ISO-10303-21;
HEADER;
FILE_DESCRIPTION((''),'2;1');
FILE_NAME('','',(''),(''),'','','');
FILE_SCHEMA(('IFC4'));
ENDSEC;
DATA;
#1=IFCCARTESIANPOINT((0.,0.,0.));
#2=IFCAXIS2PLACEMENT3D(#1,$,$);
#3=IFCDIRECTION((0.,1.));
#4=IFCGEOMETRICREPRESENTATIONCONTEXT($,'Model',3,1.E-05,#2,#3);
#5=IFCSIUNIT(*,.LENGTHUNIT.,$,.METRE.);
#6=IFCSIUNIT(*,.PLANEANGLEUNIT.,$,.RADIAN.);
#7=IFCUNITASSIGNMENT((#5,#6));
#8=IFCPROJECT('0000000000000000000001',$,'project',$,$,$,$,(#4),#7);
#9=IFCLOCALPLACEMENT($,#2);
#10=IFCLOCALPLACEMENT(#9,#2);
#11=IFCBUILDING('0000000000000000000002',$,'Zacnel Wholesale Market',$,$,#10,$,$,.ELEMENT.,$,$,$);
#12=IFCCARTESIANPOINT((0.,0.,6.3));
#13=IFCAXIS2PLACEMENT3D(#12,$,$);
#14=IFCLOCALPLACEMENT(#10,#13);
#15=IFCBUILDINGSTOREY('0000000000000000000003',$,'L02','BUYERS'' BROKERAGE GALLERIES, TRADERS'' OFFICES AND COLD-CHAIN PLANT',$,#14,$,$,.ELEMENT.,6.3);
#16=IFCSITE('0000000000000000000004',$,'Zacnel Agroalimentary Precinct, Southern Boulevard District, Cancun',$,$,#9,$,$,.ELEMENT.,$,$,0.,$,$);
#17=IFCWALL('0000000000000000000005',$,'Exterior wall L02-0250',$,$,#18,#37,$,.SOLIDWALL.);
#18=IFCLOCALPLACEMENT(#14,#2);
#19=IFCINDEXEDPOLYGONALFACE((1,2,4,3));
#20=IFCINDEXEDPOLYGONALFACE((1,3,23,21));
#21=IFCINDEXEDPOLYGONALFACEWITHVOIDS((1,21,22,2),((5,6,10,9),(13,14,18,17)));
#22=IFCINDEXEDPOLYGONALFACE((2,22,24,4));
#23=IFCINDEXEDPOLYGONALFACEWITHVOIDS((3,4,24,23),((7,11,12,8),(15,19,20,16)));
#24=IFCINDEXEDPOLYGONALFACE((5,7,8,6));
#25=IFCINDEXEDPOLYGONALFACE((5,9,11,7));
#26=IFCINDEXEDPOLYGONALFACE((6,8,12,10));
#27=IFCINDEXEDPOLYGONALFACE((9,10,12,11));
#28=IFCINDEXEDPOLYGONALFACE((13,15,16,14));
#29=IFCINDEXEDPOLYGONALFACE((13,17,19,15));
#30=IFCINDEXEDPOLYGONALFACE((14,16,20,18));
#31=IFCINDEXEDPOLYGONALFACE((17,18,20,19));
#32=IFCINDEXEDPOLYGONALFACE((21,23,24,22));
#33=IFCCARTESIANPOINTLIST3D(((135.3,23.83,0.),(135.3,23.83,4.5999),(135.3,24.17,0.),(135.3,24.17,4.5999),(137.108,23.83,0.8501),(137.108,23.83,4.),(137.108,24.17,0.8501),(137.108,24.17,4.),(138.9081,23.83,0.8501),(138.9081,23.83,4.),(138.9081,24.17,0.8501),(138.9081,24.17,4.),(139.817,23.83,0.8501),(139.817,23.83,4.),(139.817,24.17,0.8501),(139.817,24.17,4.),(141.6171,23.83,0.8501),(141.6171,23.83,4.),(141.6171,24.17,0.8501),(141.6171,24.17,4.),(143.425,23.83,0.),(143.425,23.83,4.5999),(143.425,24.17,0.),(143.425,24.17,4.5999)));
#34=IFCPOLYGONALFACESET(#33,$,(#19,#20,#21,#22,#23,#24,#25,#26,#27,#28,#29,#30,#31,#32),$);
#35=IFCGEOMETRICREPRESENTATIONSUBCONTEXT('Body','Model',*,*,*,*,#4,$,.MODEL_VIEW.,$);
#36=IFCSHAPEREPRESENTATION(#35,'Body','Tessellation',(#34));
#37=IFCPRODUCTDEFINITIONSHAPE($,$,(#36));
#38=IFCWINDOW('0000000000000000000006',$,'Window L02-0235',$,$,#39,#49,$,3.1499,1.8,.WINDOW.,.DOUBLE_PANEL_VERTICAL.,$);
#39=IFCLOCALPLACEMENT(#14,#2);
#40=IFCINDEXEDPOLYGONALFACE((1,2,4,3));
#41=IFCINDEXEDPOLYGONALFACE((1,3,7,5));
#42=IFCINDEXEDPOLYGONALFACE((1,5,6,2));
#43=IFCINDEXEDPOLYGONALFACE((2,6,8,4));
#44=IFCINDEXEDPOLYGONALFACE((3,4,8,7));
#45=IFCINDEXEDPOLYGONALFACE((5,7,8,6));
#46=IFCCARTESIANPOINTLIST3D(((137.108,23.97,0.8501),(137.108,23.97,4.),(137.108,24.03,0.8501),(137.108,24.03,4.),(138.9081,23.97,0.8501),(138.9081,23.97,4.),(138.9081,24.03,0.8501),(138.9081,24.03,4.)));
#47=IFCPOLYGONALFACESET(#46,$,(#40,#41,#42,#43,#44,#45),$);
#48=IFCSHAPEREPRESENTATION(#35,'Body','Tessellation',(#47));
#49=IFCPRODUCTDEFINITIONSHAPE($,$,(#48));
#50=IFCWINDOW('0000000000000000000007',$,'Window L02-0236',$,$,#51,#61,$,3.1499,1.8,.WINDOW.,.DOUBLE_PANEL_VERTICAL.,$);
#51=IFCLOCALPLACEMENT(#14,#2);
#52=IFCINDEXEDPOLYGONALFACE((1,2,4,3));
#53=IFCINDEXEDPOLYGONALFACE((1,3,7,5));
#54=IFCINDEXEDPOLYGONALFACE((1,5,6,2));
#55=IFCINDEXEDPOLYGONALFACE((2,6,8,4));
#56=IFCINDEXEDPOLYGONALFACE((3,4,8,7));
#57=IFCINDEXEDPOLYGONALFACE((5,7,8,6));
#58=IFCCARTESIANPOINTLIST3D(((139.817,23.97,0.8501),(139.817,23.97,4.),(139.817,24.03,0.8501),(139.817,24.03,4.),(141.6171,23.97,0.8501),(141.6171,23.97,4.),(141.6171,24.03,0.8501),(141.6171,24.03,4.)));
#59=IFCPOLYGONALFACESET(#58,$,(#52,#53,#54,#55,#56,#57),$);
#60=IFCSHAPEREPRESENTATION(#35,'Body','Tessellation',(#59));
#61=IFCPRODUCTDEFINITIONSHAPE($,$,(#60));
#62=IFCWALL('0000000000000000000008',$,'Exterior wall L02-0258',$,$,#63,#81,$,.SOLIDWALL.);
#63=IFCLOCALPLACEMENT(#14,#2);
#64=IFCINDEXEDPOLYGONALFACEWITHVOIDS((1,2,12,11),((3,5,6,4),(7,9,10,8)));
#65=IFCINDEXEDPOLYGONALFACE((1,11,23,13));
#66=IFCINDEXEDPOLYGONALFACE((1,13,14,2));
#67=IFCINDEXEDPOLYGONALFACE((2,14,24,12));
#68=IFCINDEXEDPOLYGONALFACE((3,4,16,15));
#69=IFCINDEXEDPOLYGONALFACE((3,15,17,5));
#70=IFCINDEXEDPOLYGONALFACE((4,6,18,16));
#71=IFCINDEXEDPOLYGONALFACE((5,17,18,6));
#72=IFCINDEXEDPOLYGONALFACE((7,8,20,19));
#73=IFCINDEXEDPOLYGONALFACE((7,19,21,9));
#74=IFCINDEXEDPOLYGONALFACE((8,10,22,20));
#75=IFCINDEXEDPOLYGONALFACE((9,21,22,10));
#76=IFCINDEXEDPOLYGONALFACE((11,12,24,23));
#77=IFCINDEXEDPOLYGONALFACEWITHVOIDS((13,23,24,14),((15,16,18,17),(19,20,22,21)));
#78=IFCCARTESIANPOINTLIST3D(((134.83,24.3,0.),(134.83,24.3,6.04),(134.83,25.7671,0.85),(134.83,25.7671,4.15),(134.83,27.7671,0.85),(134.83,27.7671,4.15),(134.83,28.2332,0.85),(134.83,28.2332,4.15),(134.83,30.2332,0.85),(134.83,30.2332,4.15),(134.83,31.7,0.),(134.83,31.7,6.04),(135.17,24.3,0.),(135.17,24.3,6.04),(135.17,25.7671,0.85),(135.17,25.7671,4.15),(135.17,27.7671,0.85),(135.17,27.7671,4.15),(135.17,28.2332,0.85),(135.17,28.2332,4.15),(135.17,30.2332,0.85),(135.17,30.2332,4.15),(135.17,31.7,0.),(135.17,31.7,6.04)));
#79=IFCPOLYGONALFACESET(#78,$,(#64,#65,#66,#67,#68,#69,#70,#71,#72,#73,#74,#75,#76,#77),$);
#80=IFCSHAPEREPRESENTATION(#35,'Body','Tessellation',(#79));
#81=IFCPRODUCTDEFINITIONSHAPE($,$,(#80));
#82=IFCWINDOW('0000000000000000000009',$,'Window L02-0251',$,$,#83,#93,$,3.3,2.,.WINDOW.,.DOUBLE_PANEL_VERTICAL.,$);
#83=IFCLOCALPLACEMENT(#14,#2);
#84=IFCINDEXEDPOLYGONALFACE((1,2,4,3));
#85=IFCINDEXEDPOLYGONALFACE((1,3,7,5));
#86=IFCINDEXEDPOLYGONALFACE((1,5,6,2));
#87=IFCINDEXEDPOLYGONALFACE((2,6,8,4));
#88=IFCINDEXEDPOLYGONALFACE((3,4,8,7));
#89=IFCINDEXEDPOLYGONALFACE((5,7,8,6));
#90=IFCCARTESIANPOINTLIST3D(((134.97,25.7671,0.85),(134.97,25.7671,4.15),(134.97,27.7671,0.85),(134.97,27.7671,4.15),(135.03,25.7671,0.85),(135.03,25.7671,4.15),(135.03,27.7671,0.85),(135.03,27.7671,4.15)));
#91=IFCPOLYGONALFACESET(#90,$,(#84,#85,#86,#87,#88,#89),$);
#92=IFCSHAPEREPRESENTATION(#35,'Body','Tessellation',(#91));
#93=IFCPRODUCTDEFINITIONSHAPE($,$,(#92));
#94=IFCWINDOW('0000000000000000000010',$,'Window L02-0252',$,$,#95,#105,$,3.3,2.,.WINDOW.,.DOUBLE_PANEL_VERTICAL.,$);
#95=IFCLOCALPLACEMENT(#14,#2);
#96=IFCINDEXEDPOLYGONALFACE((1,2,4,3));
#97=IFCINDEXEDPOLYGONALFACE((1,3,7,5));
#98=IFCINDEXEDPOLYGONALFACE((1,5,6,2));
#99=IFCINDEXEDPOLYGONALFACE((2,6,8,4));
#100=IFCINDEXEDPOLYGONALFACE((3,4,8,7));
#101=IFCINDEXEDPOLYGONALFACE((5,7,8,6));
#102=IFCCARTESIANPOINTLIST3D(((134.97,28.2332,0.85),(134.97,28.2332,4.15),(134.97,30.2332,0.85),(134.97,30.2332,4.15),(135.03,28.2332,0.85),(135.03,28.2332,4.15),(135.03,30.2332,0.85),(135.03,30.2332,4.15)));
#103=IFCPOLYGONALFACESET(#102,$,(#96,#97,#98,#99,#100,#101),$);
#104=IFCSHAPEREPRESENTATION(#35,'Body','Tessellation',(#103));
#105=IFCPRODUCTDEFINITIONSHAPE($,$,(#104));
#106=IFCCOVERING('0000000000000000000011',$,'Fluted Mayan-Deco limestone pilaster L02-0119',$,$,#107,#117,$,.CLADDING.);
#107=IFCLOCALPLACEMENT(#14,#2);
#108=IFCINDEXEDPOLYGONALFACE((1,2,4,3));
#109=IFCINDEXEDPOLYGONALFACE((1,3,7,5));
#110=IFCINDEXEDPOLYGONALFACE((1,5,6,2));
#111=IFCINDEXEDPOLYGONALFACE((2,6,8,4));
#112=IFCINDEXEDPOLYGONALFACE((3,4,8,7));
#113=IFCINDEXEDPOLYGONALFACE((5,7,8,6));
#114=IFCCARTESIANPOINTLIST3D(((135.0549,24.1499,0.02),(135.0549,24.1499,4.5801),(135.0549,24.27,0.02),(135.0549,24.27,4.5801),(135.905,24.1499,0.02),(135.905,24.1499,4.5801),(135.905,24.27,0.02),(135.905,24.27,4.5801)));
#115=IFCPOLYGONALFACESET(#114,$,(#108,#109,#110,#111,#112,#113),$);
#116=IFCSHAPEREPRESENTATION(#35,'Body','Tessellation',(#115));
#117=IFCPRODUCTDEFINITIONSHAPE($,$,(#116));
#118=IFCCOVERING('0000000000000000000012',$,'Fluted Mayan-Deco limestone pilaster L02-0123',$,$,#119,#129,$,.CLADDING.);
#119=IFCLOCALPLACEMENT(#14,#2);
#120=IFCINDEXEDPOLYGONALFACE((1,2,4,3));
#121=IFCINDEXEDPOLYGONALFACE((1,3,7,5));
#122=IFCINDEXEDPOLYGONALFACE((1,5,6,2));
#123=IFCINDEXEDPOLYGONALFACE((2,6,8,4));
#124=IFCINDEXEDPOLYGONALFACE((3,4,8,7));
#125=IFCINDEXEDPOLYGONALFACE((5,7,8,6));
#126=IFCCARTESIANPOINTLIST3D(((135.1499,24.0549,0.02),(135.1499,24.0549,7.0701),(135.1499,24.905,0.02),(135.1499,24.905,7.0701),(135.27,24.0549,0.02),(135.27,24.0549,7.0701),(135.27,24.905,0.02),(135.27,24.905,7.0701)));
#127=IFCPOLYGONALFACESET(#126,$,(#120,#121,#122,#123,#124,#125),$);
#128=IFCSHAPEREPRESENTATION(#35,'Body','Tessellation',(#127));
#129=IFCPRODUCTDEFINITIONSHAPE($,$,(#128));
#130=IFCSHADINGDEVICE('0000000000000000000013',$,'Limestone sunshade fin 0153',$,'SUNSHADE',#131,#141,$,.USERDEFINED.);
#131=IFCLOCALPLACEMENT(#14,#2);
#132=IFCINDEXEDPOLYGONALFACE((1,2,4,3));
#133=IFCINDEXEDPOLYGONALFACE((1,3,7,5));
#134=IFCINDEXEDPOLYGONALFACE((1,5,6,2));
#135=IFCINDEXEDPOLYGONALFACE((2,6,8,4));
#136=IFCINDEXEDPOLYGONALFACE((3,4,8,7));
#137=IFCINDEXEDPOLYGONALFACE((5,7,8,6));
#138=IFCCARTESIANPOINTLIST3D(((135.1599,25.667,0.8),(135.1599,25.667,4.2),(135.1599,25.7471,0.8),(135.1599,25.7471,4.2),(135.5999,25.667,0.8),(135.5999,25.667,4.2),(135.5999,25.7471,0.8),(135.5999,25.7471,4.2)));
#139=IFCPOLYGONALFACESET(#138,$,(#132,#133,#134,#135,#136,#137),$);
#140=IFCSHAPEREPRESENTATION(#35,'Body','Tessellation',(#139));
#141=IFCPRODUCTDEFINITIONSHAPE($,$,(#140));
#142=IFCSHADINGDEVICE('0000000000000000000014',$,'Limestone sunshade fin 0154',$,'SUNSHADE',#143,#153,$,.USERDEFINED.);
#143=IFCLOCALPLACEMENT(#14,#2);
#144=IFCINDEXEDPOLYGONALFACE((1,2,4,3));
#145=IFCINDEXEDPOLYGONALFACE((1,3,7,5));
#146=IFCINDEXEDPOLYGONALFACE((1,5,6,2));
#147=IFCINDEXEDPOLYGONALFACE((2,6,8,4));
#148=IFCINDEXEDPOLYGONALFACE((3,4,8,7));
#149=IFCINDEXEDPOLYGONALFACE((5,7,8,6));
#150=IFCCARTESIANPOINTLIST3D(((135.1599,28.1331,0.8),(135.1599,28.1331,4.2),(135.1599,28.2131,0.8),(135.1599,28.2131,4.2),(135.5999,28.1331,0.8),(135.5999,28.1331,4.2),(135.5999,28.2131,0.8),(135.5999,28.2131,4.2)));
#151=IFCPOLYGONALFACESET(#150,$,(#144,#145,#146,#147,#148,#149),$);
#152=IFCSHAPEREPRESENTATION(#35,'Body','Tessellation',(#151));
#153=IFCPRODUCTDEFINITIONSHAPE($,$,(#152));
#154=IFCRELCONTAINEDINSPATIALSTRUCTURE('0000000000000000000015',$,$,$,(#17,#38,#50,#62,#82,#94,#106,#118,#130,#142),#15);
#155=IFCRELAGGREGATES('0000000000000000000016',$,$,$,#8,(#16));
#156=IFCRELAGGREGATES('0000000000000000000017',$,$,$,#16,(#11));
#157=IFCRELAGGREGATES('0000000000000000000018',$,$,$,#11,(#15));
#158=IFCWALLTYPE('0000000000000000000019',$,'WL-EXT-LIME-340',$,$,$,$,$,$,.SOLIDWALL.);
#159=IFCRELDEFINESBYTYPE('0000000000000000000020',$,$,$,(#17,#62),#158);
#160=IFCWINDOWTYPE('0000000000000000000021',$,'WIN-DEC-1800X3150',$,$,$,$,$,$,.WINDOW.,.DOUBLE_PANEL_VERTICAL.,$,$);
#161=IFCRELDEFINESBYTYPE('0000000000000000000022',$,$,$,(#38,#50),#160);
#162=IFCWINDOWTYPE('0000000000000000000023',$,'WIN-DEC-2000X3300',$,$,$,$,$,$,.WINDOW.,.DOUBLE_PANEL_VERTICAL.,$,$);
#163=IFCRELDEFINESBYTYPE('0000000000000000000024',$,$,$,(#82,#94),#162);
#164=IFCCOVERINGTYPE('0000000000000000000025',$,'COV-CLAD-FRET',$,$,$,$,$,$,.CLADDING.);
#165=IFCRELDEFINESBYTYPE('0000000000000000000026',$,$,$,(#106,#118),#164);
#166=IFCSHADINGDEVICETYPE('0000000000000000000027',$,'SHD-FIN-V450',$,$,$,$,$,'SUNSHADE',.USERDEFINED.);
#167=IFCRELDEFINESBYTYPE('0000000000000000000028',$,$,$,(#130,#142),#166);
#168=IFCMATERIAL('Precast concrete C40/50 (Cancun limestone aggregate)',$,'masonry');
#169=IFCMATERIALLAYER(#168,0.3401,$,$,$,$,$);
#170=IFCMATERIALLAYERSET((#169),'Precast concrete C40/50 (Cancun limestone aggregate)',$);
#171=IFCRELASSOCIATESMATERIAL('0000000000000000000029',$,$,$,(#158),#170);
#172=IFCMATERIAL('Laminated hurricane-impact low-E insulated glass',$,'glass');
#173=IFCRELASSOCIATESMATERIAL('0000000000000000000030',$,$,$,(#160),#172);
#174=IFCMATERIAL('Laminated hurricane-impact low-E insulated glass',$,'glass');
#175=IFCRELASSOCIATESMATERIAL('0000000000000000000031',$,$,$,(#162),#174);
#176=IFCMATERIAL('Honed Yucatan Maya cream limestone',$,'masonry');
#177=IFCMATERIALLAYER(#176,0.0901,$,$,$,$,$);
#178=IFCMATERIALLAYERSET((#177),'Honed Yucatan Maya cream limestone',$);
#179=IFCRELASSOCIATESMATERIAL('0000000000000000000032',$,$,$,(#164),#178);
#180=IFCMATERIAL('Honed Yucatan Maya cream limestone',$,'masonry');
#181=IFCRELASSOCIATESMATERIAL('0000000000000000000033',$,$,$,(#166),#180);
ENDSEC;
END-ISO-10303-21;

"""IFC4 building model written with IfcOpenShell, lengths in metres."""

from ifc_helpers import new_model, si_unit, direction, frame, frame_2d, origin, origin_2d, place, context, subcontext, project, spatial, rectangle, extrude, material, layer, layer_set, type_object, element, fill, save


model = new_model("IFC4")

# Units and contexts
model_context = context("Model", 3, precision=1e-05, world=origin(), true_north=direction((0.0, 1.0)))
body_context = subcontext(model_context, "Body", "Model", "MODEL_VIEW")
ifc_project = project(units=[si_unit("LENGTHUNIT", "METRE"), si_unit("PLANEANGLEUNIT", "RADIAN")], contexts=[model_context])

# Site, building, storey
site_placement = place(None, origin())
site = spatial("IfcSite", under=ifc_project, at=site_placement, Name="Zacnel Agroalimentary Precinct, Southern Boulevard District, Cancun", CompositionType="ELEMENT", RefElevation=0.0)
building_placement = place(site_placement, origin())
building = spatial("IfcBuilding", under=site, at=building_placement, Name="Zacnel Wholesale Market", CompositionType="ELEMENT")
storey_placement = place(building_placement, frame((0.0, 0.0, 6.3)))
storey = spatial("IfcBuildingStorey", under=building, at=storey_placement, Name="L02", Description="BUYERS' BROKERAGE GALLERIES, TRADERS' OFFICES AND COLD-CHAIN PLANT", CompositionType="ELEMENT", Elevation=6.3)

# Walls, openings, windows
ifc_material_1 = material(Name="Precast concrete C40/50 (Cancun limestone aggregate)", Category="masonry")
ifc_layer_1 = layer(ifc_material_1, 0.3401)
ifc_layer_set_1 = layer_set([ifc_layer_1], Name="Precast concrete C40/50 (Cancun limestone aggregate)")
wall_type_1 = type_object("IfcWallType", Name="WL-EXT-LIME-340", PredefinedType="SOLIDWALL", material=ifc_layer_set_1)
wall_1_placement = place(storey_placement, frame((135.3, 24.0, 0.0), z_axis=(0.0, 0.0, 1.0), x_axis=(1.0, 0.0, 0.0)))
wall_1 = element("IfcWall", 1, at=wall_1_placement, inside=storey, type_object=wall_type_1, Name="Exterior wall L02-0250", PredefinedType="SOLIDWALL", context=body_context, shape_type="SweptSolid", body=[
    extrude(rectangle(XDim=8.125, YDim=0.3401, at=frame_2d((4.0625, 0.0))), origin(), (0.0, 0.0, 1.0), 4.5999),
])
opening_1_placement = place(wall_1_placement, frame((1.8081, 0.0, 0.8501)))
opening_1 = element("IfcOpeningElement", 2, at=opening_1_placement, cuts=wall_1, PredefinedType="OPENING", context=body_context, shape_type="SweptSolid", body=[
    extrude(rectangle(XDim=1.8, YDim=3.1499, at=frame_2d((0.8999, 1.575))), frame((0.0, 0.1799, 0.0), z_axis=(0.0, -1.0, 0.0), x_axis=(1.0, 0.0, 0.0)), (0.0, 0.0, 1.0), 0.3601),
])
opening_2_placement = place(wall_1_placement, frame((4.5171, 0.0, 0.8501)))
opening_2 = element("IfcOpeningElement", 3, at=opening_2_placement, cuts=wall_1, PredefinedType="OPENING", context=body_context, shape_type="SweptSolid", body=[
    extrude(rectangle(XDim=1.8, YDim=3.1499, at=frame_2d((0.8999, 1.575))), frame((0.0, 0.1799, 0.0), z_axis=(0.0, -1.0, 0.0), x_axis=(1.0, 0.0, 0.0)), (0.0, 0.0, 1.0), 0.3601),
])
ifc_material_2 = material(Name="Laminated hurricane-impact low-E insulated glass", Category="glass")
window_type_1 = type_object("IfcWindowType", Name="WIN-DEC-1800X3150", PartitioningType="DOUBLE_PANEL_VERTICAL", PredefinedType="WINDOW", material=ifc_material_2)
window_1_placement = place(opening_1_placement, origin())
window_1 = element("IfcWindow", 4, at=window_1_placement, inside=storey, type_object=window_type_1, Name="Window L02-0235", OverallHeight=3.1499, OverallWidth=1.8, PartitioningType="DOUBLE_PANEL_VERTICAL", PredefinedType="WINDOW", context=body_context, shape_type="SweptSolid", body=[
    extrude(rectangle(XDim=1.8, YDim=3.1499, at=frame_2d((0.8999, 1.575))), frame((0.0, 0.03, 0.0), z_axis=(0.0, -1.0, 0.0), x_axis=(1.0, 0.0, 0.0)), (0.0, 0.0, 1.0), 0.0601),
])
fill(opening_1, window_1)
window_2_placement = place(opening_2_placement, origin())
window_2 = element("IfcWindow", 5, at=window_2_placement, inside=storey, type_object=window_type_1, Name="Window L02-0236", OverallHeight=3.1499, OverallWidth=1.8, PartitioningType="DOUBLE_PANEL_VERTICAL", PredefinedType="WINDOW", context=body_context, shape_type="SweptSolid", body=[
    extrude(rectangle(XDim=1.8, YDim=3.1499, at=frame_2d((0.8999, 1.575))), frame((0.0, 0.03, 0.0), z_axis=(0.0, -1.0, 0.0), x_axis=(1.0, 0.0, 0.0)), (0.0, 0.0, 1.0), 0.0601),
])
fill(opening_2, window_2)
wall_2_placement = place(storey_placement, frame((135.0, 24.3, 0.0), z_axis=(0.0, 0.0, 1.0), x_axis=(0.0, 1.0, 0.0)))
wall_2 = element("IfcWall", 6, at=wall_2_placement, inside=storey, type_object=wall_type_1, Name="Exterior wall L02-0258", PredefinedType="SOLIDWALL", context=body_context, shape_type="SweptSolid", body=[
    extrude(rectangle(XDim=7.3999, YDim=0.3401, at=frame_2d((3.7, 0.0))), origin(), (0.0, 0.0, 1.0), 6.04),
])
opening_3_placement = place(wall_2_placement, frame((1.467, 0.0, 0.8501)))
opening_3 = element("IfcOpeningElement", 7, at=opening_3_placement, cuts=wall_2, PredefinedType="OPENING", context=body_context, shape_type="SweptSolid", body=[
    extrude(rectangle(XDim=2.0, YDim=3.3, at=frame_2d((1.0, 1.6499))), frame((0.0, 0.1799, 0.0), z_axis=(0.0, -1.0, 0.0), x_axis=(1.0, 0.0, 0.0)), (0.0, 0.0, 1.0), 0.3601),
])
opening_4_placement = place(wall_2_placement, frame((3.9331, 0.0, 0.8501)))
opening_4 = element("IfcOpeningElement", 8, at=opening_4_placement, cuts=wall_2, PredefinedType="OPENING", context=body_context, shape_type="SweptSolid", body=[
    extrude(rectangle(XDim=2.0, YDim=3.3, at=frame_2d((1.0, 1.6499))), frame((0.0, 0.1799, 0.0), z_axis=(0.0, -1.0, 0.0), x_axis=(1.0, 0.0, 0.0)), (0.0, 0.0, 1.0), 0.3601),
])
ifc_material_3 = material(Name="Laminated hurricane-impact low-E insulated glass", Category="glass")
window_type_2 = type_object("IfcWindowType", Name="WIN-DEC-2000X3300", PartitioningType="DOUBLE_PANEL_VERTICAL", PredefinedType="WINDOW", material=ifc_material_3)
window_3_placement = place(opening_3_placement, origin())
window_3 = element("IfcWindow", 9, at=window_3_placement, inside=storey, type_object=window_type_2, Name="Window L02-0251", OverallHeight=3.3, OverallWidth=2.0, PartitioningType="DOUBLE_PANEL_VERTICAL", PredefinedType="WINDOW", context=body_context, shape_type="SweptSolid", body=[
    extrude(rectangle(XDim=2.0, YDim=3.3, at=frame_2d((1.0, 1.6499))), frame((0.0, 0.03, 0.0), z_axis=(0.0, -1.0, 0.0), x_axis=(1.0, 0.0, 0.0)), (0.0, 0.0, 1.0), 0.0601),
])
fill(opening_3, window_3)
window_4_placement = place(opening_4_placement, origin())
window_4 = element("IfcWindow", 10, at=window_4_placement, inside=storey, type_object=window_type_2, Name="Window L02-0252", OverallHeight=3.3, OverallWidth=2.0, PartitioningType="DOUBLE_PANEL_VERTICAL", PredefinedType="WINDOW", context=body_context, shape_type="SweptSolid", body=[
    extrude(rectangle(XDim=2.0, YDim=3.3, at=frame_2d((1.0, 1.6499))), frame((0.0, 0.03, 0.0), z_axis=(0.0, -1.0, 0.0), x_axis=(1.0, 0.0, 0.0)), (0.0, 0.0, 1.0), 0.0601),
])
fill(opening_4, window_4)

# Coverings
ifc_material_4 = material(Name="Honed Yucatan Maya cream limestone", Category="masonry")
ifc_layer_2 = layer(ifc_material_4, 0.0901)
ifc_layer_set_2 = layer_set([ifc_layer_2], Name="Honed Yucatan Maya cream limestone")
covering_type = type_object("IfcCoveringType", Name="COV-CLAD-FRET", PredefinedType="CLADDING", material=ifc_layer_set_2)
covering_1_placement = place(storey_placement, frame((135.48, 24.21, 0.02), z_axis=(0.0, 0.0, 1.0), x_axis=(1.0, 0.0, 0.0)))
element("IfcCovering", 11, at=covering_1_placement, inside=storey, type_object=covering_type, Name="Fluted Mayan-Deco limestone pilaster L02-0119", PredefinedType="CLADDING", context=body_context, shape_type="SweptSolid", body=[
    extrude(rectangle(XDim=0.8501, YDim=0.1201, at=origin_2d()), origin(), (0.0, 0.0, 1.0), 4.5601),
])
covering_2_placement = place(storey_placement, frame((135.21, 24.48, 0.02), z_axis=(0.0, 0.0, 1.0), x_axis=(0.0, 1.0, 0.0)))
element("IfcCovering", 12, at=covering_2_placement, inside=storey, type_object=covering_type, Name="Fluted Mayan-Deco limestone pilaster L02-0123", PredefinedType="CLADDING", context=body_context, shape_type="SweptSolid", body=[
    extrude(rectangle(XDim=0.8501, YDim=0.1201, at=origin_2d()), origin(), (0.0, 0.0, 1.0), 7.05),
])

# Shading devices
ifc_material_5 = material(Name="Honed Yucatan Maya cream limestone", Category="masonry")
shading_device_type = type_object("IfcShadingDeviceType", Name="SHD-FIN-V450", ElementType="SUNSHADE", PredefinedType="USERDEFINED", material=ifc_material_5)
for number, where, z_axis, x_axis, name in (
    (13, (135.3799, 25.707, 0.8), (0.0, 0.0, 1.0), (0.0, 1.0, 0.0), "Limestone sunshade fin 0153"),
    (14, (135.3799, 28.1731, 0.8), (0.0, 0.0, 1.0), (0.0, 1.0, 0.0), "Limestone sunshade fin 0154"),
):
    element("IfcShadingDevice", number, at=place(storey_placement, frame(where, z_axis=z_axis, x_axis=x_axis)), inside=storey, type_object=shading_device_type, Name=name, ObjectType="SUNSHADE", PredefinedType="USERDEFINED", context=body_context, shape_type="SweptSolid", body=[
        extrude(rectangle(XDim=0.0801, YDim=0.4399, at=origin_2d()), origin(), (0.0, 0.0, 1.0), 3.3999),
    ])

save(model, "model.ifc")
